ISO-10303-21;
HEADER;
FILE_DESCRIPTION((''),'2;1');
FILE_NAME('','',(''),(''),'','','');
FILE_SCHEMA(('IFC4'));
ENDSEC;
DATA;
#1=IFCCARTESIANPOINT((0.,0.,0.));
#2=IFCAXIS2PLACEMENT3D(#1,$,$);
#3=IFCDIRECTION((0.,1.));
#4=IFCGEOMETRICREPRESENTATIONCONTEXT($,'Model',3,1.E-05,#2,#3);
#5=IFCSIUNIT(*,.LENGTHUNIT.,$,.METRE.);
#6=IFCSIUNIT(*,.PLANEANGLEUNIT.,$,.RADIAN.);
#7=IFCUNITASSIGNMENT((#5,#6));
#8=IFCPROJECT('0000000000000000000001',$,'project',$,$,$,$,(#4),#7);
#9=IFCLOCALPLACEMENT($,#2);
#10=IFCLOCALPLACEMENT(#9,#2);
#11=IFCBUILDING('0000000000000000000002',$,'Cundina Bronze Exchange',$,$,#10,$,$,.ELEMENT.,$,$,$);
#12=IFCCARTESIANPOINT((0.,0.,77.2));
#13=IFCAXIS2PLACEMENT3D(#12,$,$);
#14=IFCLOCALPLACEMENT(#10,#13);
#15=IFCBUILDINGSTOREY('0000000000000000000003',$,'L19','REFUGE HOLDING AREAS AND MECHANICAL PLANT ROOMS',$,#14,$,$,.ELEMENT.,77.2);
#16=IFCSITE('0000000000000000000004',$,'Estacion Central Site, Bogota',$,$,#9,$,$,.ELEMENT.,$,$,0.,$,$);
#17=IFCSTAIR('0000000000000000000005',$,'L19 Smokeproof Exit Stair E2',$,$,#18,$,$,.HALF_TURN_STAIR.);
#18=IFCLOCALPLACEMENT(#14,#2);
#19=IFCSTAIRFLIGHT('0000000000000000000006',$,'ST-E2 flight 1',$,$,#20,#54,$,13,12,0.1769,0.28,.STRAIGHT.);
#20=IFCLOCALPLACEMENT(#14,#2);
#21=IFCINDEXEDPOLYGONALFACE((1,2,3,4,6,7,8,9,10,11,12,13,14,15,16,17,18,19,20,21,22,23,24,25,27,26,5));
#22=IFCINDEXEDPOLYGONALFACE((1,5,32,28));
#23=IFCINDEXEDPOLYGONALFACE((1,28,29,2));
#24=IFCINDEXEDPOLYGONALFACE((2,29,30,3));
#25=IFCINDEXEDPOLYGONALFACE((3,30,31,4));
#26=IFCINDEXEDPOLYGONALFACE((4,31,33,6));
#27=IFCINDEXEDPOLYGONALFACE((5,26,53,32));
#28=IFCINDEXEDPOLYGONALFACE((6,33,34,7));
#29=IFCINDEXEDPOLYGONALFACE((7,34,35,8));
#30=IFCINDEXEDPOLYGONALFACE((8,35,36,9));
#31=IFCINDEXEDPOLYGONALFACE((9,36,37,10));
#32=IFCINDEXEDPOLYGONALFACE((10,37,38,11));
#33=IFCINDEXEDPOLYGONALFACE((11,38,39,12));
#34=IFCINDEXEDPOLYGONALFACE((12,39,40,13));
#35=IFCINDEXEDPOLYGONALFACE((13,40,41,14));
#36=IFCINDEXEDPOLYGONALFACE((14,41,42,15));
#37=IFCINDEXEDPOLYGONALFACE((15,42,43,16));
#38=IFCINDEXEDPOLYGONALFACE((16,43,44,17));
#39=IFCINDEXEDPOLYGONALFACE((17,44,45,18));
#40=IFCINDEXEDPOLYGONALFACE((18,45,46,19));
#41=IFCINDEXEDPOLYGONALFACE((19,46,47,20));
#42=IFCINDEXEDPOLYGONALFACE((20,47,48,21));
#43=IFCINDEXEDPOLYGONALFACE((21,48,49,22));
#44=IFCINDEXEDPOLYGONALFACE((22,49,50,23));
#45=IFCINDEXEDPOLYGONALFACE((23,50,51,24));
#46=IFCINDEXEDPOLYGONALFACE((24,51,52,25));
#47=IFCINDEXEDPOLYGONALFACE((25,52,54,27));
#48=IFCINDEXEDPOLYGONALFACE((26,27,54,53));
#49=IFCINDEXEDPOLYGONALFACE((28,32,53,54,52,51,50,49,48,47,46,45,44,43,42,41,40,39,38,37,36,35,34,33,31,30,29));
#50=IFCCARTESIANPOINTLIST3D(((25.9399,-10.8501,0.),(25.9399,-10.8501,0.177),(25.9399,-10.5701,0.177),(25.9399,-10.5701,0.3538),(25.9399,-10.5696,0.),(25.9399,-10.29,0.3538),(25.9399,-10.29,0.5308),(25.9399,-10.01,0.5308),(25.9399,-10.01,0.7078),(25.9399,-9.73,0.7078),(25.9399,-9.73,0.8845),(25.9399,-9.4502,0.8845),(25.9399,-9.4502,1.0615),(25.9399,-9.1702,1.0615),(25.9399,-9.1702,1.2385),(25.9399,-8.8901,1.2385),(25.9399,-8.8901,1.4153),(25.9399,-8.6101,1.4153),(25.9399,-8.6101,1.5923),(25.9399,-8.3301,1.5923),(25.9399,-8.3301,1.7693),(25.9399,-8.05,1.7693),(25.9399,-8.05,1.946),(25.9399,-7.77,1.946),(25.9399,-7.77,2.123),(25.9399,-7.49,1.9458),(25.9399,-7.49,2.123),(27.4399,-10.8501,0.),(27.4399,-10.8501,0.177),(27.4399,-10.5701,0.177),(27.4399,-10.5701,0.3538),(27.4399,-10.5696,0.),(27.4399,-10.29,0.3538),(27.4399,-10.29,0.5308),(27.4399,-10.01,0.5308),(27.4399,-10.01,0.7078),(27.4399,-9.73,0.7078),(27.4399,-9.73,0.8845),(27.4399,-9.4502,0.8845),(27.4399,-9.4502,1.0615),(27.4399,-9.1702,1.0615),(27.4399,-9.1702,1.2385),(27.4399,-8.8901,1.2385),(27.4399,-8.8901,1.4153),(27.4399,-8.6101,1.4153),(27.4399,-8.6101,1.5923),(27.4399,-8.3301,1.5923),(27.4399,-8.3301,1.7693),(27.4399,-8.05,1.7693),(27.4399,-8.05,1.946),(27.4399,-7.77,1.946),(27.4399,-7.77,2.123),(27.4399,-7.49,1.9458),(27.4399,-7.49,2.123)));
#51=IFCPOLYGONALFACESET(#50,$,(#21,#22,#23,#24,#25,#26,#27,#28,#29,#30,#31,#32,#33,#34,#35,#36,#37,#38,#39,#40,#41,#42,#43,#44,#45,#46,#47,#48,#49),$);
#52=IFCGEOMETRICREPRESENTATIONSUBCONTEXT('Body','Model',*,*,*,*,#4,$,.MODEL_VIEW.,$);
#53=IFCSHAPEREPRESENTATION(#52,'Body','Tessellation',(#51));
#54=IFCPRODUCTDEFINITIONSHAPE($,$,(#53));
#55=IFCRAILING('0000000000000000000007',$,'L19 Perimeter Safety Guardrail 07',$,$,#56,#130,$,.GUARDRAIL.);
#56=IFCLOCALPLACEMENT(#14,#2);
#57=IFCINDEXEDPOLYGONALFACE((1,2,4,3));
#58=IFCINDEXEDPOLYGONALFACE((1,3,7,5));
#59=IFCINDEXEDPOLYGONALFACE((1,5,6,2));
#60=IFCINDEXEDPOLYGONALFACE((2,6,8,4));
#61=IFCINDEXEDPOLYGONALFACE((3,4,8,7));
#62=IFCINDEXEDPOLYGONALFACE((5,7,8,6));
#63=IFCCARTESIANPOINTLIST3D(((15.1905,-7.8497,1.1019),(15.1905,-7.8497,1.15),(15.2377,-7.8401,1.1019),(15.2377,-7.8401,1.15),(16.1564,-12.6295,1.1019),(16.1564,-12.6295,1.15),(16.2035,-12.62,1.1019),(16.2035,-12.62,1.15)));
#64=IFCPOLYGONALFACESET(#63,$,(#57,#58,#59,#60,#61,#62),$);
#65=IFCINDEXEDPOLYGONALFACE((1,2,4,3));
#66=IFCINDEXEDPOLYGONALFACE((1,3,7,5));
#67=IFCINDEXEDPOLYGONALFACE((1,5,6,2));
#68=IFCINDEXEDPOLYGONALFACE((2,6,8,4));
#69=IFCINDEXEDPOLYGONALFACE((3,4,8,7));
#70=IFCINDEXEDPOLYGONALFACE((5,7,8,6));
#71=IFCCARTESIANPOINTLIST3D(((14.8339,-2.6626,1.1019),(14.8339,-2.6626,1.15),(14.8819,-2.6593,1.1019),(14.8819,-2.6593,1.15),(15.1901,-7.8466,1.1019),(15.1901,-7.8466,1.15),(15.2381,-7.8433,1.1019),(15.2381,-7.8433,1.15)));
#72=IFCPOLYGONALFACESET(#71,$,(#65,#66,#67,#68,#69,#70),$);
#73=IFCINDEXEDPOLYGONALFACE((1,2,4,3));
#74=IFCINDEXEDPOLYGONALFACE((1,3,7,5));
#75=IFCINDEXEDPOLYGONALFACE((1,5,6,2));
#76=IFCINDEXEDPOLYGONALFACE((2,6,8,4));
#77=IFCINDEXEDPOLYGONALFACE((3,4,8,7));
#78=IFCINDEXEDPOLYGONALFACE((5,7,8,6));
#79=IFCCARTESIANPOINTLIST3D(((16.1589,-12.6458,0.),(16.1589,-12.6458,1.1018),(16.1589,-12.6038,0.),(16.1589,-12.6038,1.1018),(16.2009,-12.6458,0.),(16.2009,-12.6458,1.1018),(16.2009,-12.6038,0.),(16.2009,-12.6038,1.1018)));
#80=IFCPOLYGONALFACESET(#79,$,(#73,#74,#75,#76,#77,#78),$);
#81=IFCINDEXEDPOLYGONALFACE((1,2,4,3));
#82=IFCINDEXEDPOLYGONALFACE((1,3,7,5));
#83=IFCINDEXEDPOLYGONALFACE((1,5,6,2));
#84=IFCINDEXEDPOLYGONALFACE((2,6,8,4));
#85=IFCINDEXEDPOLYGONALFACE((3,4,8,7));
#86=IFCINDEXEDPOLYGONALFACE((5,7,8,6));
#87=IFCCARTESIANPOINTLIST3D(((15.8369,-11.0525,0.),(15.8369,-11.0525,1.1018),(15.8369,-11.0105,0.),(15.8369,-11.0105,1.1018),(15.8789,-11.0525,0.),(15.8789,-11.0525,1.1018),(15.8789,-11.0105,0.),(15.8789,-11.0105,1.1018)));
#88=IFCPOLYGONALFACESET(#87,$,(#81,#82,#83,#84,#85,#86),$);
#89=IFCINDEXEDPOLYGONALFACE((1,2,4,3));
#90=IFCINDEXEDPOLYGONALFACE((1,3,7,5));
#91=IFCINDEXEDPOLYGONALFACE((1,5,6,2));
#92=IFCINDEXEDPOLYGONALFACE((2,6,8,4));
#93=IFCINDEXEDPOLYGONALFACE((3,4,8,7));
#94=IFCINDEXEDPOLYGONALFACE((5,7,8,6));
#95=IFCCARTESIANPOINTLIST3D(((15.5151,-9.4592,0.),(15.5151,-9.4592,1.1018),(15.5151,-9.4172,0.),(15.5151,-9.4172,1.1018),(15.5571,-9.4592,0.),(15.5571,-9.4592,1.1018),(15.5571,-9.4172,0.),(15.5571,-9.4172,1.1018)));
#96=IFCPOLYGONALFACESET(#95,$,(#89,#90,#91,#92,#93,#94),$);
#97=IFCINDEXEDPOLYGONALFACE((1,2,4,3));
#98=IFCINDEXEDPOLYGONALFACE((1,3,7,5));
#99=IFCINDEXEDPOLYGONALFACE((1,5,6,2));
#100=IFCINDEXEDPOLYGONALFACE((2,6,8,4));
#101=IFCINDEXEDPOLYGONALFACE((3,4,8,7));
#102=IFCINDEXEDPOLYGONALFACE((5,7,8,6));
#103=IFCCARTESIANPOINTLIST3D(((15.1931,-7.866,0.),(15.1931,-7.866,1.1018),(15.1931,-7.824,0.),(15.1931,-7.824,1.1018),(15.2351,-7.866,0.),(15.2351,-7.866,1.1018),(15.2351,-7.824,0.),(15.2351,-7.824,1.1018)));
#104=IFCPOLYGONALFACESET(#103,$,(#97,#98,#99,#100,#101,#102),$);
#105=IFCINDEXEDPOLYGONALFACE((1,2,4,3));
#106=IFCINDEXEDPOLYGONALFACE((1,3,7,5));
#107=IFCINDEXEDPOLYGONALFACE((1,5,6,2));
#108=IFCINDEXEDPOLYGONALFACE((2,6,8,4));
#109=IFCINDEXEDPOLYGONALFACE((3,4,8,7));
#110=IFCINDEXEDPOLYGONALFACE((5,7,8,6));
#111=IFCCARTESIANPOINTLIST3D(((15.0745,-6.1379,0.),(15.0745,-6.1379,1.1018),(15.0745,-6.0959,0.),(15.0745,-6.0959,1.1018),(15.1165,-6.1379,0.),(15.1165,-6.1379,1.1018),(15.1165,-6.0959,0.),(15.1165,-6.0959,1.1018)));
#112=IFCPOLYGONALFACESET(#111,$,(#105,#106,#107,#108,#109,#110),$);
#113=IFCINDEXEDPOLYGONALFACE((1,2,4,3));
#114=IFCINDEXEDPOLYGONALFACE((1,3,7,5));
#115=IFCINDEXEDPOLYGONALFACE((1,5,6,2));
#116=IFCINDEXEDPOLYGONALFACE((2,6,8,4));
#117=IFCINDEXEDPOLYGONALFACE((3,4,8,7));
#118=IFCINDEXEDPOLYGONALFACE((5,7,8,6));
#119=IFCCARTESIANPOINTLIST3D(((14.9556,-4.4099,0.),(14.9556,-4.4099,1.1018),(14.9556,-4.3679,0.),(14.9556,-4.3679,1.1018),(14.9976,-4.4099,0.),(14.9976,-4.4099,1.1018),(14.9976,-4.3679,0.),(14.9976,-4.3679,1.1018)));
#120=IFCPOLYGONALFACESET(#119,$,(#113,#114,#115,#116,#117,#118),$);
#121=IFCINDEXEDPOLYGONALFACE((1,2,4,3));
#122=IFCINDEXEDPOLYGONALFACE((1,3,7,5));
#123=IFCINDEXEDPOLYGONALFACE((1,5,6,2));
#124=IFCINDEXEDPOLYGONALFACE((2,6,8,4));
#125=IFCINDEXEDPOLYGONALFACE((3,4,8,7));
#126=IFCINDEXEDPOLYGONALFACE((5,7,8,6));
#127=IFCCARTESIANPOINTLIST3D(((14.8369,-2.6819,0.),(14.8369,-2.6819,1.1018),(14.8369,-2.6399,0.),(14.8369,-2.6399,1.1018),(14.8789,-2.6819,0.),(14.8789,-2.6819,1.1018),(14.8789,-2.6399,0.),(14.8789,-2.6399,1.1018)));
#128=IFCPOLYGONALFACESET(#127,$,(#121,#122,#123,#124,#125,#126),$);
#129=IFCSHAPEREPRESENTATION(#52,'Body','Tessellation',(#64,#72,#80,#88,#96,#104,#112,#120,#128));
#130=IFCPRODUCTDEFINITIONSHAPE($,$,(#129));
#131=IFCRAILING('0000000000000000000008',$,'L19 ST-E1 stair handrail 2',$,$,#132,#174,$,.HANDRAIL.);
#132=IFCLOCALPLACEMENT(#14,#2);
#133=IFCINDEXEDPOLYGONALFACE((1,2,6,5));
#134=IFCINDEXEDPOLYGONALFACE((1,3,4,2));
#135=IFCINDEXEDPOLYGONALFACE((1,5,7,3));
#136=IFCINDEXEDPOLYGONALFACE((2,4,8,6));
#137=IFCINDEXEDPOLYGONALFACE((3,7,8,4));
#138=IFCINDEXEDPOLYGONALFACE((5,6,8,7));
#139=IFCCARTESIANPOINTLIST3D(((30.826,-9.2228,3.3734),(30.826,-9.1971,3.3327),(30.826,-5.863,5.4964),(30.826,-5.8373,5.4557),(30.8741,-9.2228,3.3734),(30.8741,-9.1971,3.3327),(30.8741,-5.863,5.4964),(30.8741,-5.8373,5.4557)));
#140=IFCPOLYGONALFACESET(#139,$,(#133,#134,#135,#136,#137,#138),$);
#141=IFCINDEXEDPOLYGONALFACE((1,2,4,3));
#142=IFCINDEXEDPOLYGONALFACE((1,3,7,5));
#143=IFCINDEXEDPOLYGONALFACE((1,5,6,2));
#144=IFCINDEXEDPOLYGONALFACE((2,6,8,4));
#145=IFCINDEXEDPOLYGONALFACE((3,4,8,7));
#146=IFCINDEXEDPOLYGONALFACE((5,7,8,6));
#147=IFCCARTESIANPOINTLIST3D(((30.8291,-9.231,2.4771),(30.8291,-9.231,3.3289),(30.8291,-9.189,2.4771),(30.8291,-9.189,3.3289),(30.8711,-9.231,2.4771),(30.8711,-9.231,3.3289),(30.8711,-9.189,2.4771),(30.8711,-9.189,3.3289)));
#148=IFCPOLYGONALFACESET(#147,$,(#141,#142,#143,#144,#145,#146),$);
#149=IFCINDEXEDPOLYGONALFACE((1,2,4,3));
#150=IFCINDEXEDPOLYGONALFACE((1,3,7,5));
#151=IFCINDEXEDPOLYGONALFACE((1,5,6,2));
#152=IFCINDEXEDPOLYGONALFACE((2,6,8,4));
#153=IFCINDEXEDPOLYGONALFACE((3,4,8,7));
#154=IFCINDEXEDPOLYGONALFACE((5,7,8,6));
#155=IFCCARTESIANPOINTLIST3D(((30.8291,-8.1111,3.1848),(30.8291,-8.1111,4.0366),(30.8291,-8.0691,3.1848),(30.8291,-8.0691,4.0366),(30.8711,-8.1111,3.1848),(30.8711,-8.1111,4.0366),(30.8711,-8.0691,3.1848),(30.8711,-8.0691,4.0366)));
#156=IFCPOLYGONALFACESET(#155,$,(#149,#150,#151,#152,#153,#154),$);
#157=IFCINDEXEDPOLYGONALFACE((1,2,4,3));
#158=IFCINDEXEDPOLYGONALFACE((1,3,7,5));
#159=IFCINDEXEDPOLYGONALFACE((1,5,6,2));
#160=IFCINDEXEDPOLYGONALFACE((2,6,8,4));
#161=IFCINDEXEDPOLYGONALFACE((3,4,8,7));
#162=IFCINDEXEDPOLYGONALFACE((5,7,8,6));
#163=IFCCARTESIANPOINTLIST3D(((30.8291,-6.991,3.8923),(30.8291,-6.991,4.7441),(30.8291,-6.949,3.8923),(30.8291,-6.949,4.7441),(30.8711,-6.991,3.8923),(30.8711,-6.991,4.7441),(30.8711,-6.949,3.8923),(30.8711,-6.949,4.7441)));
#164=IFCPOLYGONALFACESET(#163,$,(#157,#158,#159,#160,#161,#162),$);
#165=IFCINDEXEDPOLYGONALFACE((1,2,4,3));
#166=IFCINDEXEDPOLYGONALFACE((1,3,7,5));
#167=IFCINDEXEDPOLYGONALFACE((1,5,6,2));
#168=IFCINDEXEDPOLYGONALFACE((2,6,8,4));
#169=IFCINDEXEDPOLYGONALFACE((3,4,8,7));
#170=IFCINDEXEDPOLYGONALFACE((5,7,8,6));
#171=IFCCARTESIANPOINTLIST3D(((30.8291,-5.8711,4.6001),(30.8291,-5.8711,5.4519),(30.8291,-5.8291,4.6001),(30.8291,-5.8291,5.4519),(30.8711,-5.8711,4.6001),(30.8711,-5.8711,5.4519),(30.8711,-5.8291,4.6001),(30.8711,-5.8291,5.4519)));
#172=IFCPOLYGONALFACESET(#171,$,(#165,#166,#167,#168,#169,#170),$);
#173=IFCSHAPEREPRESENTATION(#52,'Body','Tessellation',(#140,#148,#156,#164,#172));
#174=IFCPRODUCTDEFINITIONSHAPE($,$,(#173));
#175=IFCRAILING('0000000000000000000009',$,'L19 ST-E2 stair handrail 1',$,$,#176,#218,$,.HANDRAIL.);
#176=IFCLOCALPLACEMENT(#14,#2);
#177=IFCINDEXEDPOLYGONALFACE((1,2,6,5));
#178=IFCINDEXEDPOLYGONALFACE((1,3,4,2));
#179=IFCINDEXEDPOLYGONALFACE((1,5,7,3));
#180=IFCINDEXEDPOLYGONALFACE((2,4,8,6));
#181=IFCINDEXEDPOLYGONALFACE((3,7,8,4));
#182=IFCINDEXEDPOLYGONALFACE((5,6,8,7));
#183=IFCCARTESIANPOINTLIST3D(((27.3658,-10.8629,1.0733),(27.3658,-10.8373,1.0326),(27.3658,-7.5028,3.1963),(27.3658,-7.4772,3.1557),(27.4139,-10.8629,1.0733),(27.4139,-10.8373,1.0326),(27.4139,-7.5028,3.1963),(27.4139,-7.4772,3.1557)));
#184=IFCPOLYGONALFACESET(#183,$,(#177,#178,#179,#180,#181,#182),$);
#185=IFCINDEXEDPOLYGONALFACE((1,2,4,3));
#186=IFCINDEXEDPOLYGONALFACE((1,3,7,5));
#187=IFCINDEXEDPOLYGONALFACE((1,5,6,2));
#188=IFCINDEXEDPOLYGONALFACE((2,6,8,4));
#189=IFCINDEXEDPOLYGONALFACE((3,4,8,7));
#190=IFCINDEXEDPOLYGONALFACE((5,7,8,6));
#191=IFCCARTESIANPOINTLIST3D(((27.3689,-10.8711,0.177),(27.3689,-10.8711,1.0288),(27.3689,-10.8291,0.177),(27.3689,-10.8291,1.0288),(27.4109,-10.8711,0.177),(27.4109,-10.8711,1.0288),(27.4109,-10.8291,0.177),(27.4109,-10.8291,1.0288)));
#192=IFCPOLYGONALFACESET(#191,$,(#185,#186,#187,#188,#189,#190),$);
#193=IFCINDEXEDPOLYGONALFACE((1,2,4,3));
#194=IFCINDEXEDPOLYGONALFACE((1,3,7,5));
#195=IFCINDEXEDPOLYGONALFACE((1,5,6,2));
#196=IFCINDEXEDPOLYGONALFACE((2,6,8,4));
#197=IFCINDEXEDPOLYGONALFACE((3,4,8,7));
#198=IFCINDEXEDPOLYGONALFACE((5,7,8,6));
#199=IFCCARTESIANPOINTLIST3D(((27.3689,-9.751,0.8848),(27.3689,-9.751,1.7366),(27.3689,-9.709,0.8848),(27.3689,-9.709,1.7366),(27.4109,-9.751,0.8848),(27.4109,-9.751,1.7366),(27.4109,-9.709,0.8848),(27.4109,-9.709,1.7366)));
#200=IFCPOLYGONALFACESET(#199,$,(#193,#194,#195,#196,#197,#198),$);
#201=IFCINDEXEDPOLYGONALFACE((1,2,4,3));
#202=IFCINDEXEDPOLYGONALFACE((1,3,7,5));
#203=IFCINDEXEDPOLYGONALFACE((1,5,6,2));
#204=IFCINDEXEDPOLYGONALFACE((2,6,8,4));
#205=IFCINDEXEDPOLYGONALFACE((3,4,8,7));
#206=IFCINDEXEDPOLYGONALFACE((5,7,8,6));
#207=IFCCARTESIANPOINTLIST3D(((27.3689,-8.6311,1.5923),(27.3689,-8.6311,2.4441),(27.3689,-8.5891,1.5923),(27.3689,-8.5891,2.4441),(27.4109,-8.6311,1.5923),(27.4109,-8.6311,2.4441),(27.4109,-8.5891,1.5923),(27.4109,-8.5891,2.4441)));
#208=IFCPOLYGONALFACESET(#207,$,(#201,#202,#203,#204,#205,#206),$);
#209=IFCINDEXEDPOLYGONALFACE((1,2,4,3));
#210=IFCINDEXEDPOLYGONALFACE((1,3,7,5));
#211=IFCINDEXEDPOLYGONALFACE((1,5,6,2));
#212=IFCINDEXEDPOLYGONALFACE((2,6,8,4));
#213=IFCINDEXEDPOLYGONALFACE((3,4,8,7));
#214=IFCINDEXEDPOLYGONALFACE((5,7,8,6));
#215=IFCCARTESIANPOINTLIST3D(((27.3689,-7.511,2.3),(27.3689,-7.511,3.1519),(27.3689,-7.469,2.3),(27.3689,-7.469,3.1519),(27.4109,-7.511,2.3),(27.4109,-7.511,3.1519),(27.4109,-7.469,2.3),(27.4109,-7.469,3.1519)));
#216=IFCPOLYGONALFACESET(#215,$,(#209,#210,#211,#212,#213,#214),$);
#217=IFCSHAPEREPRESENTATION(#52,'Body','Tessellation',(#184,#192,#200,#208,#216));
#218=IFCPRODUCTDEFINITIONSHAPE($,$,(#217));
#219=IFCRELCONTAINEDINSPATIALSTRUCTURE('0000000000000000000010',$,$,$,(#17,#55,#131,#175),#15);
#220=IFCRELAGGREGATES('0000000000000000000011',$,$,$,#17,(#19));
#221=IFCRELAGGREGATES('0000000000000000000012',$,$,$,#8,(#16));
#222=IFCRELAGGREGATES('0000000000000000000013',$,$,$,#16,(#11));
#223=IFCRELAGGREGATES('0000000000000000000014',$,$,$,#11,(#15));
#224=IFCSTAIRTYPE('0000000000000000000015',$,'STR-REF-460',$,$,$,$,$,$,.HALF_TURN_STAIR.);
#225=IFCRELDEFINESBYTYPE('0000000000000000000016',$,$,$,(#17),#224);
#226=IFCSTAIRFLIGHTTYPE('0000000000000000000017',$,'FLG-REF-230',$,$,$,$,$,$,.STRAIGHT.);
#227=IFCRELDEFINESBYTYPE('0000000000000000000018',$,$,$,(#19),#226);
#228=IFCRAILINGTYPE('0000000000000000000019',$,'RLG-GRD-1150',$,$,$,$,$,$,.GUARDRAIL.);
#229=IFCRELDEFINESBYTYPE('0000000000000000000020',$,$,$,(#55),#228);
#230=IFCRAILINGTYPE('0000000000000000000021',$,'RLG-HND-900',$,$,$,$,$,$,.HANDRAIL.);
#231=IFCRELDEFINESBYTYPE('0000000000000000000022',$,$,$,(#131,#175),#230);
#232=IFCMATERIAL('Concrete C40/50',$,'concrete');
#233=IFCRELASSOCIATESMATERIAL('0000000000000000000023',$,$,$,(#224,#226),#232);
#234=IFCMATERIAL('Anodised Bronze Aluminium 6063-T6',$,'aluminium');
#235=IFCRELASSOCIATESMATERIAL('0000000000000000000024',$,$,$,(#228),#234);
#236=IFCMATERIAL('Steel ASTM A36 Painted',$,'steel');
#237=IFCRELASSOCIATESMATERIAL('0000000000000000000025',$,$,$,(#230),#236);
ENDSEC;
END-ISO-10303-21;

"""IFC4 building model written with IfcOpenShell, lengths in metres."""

from ifc_helpers import new_model, si_unit, direction, frame, origin, origin_2d, place, context, subcontext, project, spatial, polyline, rectangle, outline, extrude, material, type_object, element, aggregate, save


model = new_model("IFC4")

# Units and contexts
model_context = context("Model", 3, precision=1e-05, world=origin(), true_north=direction((0.0, 1.0)))
body_context = subcontext(model_context, "Body", "Model", "MODEL_VIEW")
ifc_project = project(units=[si_unit("LENGTHUNIT", "METRE"), si_unit("PLANEANGLEUNIT", "RADIAN")], contexts=[model_context])

# Site, building, storey
site_placement = place(None, origin())
site = spatial("IfcSite", under=ifc_project, at=site_placement, Name="Estacion Central Site, Bogota", CompositionType="ELEMENT", RefElevation=0.0)
building_placement = place(site_placement, origin())
building = spatial("IfcBuilding", under=site, at=building_placement, Name="Cundina Bronze Exchange", CompositionType="ELEMENT")
storey_placement = place(building_placement, frame((0.0, 0.0, 77.2)))
storey = spatial("IfcBuildingStorey", under=building, at=storey_placement, Name="L19", Description="REFUGE HOLDING AREAS AND MECHANICAL PLANT ROOMS", CompositionType="ELEMENT", Elevation=77.2)

# Shared definitions
ifc_material_1 = material(Name="Steel ASTM A36 Painted", Category="steel")

# Stair, stair flight
ifc_material_2 = material(Name="Concrete C40/50", Category="concrete")
stair_type = type_object("IfcStairType", Name="STR-REF-460", PredefinedType="HALF_TURN_STAIR", material=ifc_material_2)
stair_flight_type = type_object("IfcStairFlightType", Name="FLG-REF-230", PredefinedType="STRAIGHT", material=ifc_material_2)
stair_1_placement = place(storey_placement, origin())
stair_1 = element("IfcStair", 1, at=stair_1_placement, inside=storey, type_object=stair_type, Name="L19 Smokeproof Exit Stair E2", PredefinedType="HALF_TURN_STAIR")
stair_flight_1_placement = place(storey_placement, frame((26.6899, -10.8501, 0.0), z_axis=(0.0, 0.0, 1.0), x_axis=(0.0, 1.0, 0.0)))
stair_flight_1 = element("IfcStairFlight", 2, at=stair_flight_1_placement, type_object=stair_flight_type, Name="ST-E2 flight 1", NumberOfRisers=13, NumberOfTreads=12, PredefinedType="STRAIGHT", RiserHeight=0.1769, TreadLength=0.28, context=body_context, shape_type="SweptSolid", body=[
    extrude(outline(polyline([(0.0, 0.0), (0.0, 0.177), (0.28, 0.177), (0.28, 0.3538), (0.5601, 0.3538), (0.5601, 0.5308), (0.8401, 0.5308), (0.8401, 0.7078), (1.1201, 0.7078), (1.1201, 0.8845), (1.3999, 0.8845), (1.3999, 1.0615), (1.6799, 1.0615), (1.6799, 1.2385), (1.96, 1.2385), (1.96, 1.4153), (2.24, 1.4153), (2.24, 1.5923), (2.52, 1.5923), (2.52, 1.7693), (2.8, 1.7693), (2.8, 1.946), (3.0801, 1.946), (3.0801, 2.123), (3.3601, 2.123), (3.3601, 2.3), (3.3601, 1.9458), (0.2805, 0.0), (0.0, 0.0)])), frame((0.0, 0.75, 0.0), z_axis=(0.0, -1.0, 0.0), x_axis=(1.0, 0.0, 0.0)), (0.0, 0.0, 1.0), 1.5),
])
aggregate(stair_1, [stair_flight_1])

# Railings
ifc_material_3 = material(Name="Anodised Bronze Aluminium 6063-T6", Category="aluminium")
railing_type_1 = type_object("IfcRailingType", Name="RLG-GRD-1150", PredefinedType="GUARDRAIL", material=ifc_material_3)
railing_1_placement = place(storey_placement, frame((16.1799, -12.6248, 0.0)))
element("IfcRailing", 3, at=railing_1_placement, inside=storey, type_object=railing_type_1, Name="L19 Perimeter Safety Guardrail 07", PredefinedType="GUARDRAIL", context=body_context, shape_type="SweptSolid", body=[
    extrude(rectangle(XDim=0.0481, YDim=0.0481, at=origin_2d()), frame((0.0, 0.0, 1.126), z_axis=(-0.198061, 0.98019, 0.0), x_axis=(-0.98019, -0.198061, 0.0)), (0.0, 0.0, 1.0), 4.8765),
    extrude(rectangle(XDim=0.0481, YDim=0.0481, at=origin_2d()), frame((-0.9658, 4.7798, 1.126), z_axis=(-0.068549, 0.997648, 0.0), x_axis=(-0.997648, -0.068549, 0.0)), (0.0, 0.0, 1.0), 5.1963),
    extrude(rectangle(XDim=0.042, YDim=0.042, at=origin_2d()), origin(), (0.0, 0.0, 1.0), 1.1018),
    extrude(rectangle(XDim=0.042, YDim=0.042, at=origin_2d()), frame((-0.322, 1.5933, 0.0)), (0.0, 0.0, 1.0), 1.1018),
    extrude(rectangle(XDim=0.042, YDim=0.042, at=origin_2d()), frame((-0.6438, 3.1865, 0.0)), (0.0, 0.0, 1.0), 1.1018),
    extrude(rectangle(XDim=0.042, YDim=0.042, at=origin_2d()), frame((-0.9658, 4.7798, 0.0)), (0.0, 0.0, 1.0), 1.1018),
    extrude(rectangle(XDim=0.042, YDim=0.042, at=origin_2d()), frame((-1.0845, 6.5078, 0.0)), (0.0, 0.0, 1.0), 1.1018),
    extrude(rectangle(XDim=0.042, YDim=0.042, at=origin_2d()), frame((-1.2034, 8.2358, 0.0)), (0.0, 0.0, 1.0), 1.1018),
    extrude(rectangle(XDim=0.042, YDim=0.042, at=origin_2d()), frame((-1.322, 9.9639, 0.0)), (0.0, 0.0, 1.0), 1.1018),
])
railing_type_2 = type_object("IfcRailingType", Name="RLG-HND-900", PredefinedType="HANDRAIL", material=ifc_material_1)
railing_2_placement = place(storey_placement, frame((30.8501, -9.21, 2.4771)))
element("IfcRailing", 4, at=railing_2_placement, inside=storey, type_object=railing_type_2, Name="L19 ST-E1 stair handrail 2", PredefinedType="HANDRAIL", context=body_context, shape_type="SweptSolid", body=[
    extrude(rectangle(XDim=0.0481, YDim=0.0481, at=origin_2d()), frame((0.0, 0.0, 0.876), z_axis=(0.0, 0.845372, 0.534178), x_axis=(-1.0, 0.0, 0.0)), (0.0, 0.0, 1.0), 3.9744),
    extrude(rectangle(XDim=0.042, YDim=0.042, at=origin_2d()), origin(), (0.0, 0.0, 1.0), 0.8518),
    extrude(rectangle(XDim=0.042, YDim=0.042, at=origin_2d()), frame((0.0, 1.1199, 0.7078)), (0.0, 0.0, 1.0), 0.8518),
    extrude(rectangle(XDim=0.042, YDim=0.042, at=origin_2d()), frame((0.0, 2.24, 1.4153)), (0.0, 0.0, 1.0), 0.8518),
    extrude(rectangle(XDim=0.042, YDim=0.042, at=origin_2d()), frame((0.0, 3.3599, 2.123)), (0.0, 0.0, 1.0), 0.8518),
])
railing_3_placement = place(storey_placement, frame((27.3899, -10.8501, 0.177)))
element("IfcRailing", 5, at=railing_3_placement, inside=storey, type_object=railing_type_2, Name="L19 ST-E2 stair handrail 1", PredefinedType="HANDRAIL", context=body_context, shape_type="SweptSolid", body=[
    extrude(rectangle(XDim=0.0481, YDim=0.0481, at=origin_2d()), frame((0.0, 0.0, 0.876), z_axis=(0.0, 0.84539, 0.53415), x_axis=(-1.0, 0.0, 0.0)), (0.0, 0.0, 1.0), 3.9746),
    extrude(rectangle(XDim=0.042, YDim=0.042, at=origin_2d()), origin(), (0.0, 0.0, 1.0), 0.8518),
    extrude(rectangle(XDim=0.042, YDim=0.042, at=origin_2d()), frame((0.0, 1.1201, 0.7078)), (0.0, 0.0, 1.0), 0.8518),
    extrude(rectangle(XDim=0.042, YDim=0.042, at=origin_2d()), frame((0.0, 2.24, 1.4153)), (0.0, 0.0, 1.0), 0.8518),
    extrude(rectangle(XDim=0.042, YDim=0.042, at=origin_2d()), frame((0.0, 3.3601, 2.123)), (0.0, 0.0, 1.0), 0.8518),
])

save(model, "model.ifc")
